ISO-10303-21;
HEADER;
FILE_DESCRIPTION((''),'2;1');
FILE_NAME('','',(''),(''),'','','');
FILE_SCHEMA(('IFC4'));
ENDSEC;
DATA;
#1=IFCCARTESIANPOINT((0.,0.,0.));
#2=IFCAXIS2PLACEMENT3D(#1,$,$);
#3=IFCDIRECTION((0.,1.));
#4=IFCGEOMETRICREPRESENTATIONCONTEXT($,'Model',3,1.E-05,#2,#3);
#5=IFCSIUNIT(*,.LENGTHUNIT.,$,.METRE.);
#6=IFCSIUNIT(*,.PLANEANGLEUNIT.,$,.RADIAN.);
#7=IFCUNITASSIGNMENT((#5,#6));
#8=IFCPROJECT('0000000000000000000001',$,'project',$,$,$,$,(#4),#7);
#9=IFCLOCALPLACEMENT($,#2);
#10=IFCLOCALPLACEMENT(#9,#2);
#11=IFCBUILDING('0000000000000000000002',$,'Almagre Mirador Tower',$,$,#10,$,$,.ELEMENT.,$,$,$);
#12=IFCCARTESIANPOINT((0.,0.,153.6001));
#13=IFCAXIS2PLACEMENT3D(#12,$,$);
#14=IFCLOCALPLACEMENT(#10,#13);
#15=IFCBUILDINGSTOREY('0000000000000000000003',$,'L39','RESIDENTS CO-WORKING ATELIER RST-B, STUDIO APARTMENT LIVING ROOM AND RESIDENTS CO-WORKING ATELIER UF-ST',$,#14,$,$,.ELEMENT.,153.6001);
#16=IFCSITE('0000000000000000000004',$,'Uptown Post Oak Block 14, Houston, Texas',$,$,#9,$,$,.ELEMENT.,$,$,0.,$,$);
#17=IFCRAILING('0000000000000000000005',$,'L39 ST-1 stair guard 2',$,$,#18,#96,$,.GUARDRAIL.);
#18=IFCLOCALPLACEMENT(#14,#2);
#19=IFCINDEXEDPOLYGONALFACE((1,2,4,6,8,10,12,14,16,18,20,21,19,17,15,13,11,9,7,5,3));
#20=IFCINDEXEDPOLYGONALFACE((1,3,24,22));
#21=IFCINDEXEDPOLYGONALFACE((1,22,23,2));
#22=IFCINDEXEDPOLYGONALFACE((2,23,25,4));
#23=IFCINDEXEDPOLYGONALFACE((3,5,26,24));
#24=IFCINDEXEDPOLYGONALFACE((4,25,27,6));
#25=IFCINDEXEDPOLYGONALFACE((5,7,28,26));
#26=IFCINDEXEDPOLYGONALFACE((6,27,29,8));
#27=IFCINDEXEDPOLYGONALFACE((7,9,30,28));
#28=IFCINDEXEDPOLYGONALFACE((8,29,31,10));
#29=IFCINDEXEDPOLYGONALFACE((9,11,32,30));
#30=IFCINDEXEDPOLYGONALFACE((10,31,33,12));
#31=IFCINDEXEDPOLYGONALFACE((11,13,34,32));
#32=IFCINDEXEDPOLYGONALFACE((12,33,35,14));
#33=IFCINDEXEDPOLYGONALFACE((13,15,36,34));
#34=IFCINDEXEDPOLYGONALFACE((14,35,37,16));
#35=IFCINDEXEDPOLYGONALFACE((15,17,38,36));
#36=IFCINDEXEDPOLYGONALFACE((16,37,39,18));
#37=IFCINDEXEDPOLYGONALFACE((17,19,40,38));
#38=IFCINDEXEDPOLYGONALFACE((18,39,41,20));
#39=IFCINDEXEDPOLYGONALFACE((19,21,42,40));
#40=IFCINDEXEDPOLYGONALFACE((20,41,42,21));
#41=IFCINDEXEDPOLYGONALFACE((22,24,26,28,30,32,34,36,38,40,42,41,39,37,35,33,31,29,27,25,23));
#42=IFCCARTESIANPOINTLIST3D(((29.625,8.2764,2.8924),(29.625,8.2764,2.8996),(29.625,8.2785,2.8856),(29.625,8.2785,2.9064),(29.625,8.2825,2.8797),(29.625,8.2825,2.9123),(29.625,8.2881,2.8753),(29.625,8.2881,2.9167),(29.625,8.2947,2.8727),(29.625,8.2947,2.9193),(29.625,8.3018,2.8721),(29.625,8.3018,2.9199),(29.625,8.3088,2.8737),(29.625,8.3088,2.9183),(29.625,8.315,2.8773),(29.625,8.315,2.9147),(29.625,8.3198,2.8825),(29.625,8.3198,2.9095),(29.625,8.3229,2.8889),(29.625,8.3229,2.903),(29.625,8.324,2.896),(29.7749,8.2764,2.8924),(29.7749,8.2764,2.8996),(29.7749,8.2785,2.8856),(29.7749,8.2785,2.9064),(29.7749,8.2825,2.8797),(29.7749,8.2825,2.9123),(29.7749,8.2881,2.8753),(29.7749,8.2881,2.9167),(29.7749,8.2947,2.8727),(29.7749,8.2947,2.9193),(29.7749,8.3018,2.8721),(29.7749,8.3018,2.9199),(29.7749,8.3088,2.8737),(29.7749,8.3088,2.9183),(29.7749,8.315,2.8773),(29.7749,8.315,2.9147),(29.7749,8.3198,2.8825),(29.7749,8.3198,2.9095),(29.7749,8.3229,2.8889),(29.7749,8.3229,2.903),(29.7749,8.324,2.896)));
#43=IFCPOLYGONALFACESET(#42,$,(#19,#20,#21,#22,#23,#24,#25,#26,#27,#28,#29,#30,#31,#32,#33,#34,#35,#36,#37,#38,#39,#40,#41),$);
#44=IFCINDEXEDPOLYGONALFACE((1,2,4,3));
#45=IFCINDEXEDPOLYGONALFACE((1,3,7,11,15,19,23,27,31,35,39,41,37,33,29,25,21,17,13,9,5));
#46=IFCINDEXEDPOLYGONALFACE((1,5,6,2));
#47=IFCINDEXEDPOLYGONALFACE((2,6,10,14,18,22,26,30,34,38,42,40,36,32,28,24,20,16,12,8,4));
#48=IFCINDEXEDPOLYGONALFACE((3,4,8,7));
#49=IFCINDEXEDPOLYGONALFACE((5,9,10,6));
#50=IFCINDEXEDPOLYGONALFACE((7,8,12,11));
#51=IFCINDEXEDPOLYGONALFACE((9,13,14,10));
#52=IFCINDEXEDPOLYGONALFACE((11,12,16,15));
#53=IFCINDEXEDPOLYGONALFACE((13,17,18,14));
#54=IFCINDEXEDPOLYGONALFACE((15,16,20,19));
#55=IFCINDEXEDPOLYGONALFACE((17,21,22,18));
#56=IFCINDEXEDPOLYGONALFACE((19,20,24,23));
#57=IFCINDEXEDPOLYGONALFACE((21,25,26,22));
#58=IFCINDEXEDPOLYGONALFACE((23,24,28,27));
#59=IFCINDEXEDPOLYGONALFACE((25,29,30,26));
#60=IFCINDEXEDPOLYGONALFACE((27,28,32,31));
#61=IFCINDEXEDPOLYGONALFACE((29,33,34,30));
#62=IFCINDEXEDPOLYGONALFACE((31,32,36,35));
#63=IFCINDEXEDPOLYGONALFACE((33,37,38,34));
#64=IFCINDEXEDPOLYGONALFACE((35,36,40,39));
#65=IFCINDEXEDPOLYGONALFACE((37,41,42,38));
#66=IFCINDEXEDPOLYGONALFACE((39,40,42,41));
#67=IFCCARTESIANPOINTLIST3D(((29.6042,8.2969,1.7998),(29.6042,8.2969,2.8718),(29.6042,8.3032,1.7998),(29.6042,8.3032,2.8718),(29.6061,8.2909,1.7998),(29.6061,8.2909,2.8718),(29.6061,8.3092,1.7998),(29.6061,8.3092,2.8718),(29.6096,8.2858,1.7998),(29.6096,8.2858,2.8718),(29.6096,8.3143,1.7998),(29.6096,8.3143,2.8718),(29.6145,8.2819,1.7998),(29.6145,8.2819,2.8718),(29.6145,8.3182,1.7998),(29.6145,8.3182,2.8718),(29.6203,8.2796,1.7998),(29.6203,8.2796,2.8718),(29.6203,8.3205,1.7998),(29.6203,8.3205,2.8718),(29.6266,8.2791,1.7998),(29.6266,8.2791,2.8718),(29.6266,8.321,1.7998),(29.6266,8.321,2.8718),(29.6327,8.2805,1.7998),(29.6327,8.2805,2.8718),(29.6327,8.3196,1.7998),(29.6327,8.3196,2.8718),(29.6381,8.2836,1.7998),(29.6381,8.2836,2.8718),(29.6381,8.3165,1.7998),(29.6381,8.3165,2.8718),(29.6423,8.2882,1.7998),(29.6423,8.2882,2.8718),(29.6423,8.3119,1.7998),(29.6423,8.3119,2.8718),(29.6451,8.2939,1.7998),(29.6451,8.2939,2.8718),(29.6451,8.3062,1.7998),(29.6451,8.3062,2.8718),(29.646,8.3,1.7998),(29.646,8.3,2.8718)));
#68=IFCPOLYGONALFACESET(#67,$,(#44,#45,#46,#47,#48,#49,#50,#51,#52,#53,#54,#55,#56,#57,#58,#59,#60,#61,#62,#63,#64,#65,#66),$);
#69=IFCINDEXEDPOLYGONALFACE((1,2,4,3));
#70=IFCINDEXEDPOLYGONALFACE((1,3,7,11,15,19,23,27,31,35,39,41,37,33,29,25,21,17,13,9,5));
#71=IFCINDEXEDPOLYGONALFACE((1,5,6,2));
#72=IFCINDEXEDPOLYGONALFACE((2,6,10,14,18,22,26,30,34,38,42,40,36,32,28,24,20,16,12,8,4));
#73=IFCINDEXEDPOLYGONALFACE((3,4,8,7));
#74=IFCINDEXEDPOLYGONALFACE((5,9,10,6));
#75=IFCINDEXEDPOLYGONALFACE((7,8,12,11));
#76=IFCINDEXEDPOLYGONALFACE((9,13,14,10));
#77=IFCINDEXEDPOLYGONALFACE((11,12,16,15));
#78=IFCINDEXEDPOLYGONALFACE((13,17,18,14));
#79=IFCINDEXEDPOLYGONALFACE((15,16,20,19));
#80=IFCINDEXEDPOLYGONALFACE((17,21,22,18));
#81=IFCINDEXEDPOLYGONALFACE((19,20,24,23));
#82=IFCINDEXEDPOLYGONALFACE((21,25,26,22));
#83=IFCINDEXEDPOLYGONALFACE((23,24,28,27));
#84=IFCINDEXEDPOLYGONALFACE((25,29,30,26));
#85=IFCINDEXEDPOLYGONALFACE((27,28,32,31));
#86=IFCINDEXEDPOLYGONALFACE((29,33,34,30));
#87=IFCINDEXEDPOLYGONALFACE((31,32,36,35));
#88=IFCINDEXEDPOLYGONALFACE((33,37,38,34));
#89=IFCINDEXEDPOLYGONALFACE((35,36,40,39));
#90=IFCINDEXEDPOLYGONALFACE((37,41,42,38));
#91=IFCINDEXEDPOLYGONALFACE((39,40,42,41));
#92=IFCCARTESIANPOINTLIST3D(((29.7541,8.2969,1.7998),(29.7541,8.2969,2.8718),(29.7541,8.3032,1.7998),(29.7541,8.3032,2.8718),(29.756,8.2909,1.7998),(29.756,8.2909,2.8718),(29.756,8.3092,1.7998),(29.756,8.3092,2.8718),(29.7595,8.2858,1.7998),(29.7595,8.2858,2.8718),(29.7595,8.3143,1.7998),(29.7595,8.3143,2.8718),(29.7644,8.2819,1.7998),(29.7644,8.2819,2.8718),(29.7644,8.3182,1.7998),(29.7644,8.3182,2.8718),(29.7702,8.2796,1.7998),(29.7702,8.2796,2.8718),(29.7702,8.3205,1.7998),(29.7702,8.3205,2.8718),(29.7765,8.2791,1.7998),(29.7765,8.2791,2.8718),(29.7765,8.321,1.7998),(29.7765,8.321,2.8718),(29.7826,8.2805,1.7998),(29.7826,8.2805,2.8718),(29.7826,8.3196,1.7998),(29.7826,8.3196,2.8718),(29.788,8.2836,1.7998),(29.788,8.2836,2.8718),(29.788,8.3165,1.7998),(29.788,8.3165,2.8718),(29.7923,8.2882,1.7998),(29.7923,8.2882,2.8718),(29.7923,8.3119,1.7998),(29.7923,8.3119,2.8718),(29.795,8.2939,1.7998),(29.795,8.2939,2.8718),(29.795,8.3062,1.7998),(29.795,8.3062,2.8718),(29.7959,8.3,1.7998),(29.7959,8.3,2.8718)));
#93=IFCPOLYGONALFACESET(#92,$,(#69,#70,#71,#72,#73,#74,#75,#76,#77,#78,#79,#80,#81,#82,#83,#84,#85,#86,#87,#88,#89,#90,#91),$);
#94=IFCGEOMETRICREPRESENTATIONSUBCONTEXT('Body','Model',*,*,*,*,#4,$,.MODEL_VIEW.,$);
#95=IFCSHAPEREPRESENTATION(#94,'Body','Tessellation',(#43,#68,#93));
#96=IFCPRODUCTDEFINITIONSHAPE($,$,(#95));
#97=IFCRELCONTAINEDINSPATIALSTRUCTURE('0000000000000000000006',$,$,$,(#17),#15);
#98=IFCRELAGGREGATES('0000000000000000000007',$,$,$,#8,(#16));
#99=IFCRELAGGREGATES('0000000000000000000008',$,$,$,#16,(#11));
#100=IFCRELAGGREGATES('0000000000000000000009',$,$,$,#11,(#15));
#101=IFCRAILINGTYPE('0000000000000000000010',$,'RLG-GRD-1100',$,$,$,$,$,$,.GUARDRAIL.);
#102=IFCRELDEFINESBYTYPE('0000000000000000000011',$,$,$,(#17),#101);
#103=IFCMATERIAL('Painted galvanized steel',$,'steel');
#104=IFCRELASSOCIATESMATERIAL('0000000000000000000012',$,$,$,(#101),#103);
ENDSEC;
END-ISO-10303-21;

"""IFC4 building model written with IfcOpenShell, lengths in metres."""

from ifc_helpers import new_model, si_unit, direction, frame, origin, origin_2d, place, context, subcontext, project, spatial, circle, extrude, material, type_object, element, save


model = new_model("IFC4")

# Units and contexts
model_context = context("Model", 3, precision=1e-05, world=origin(), true_north=direction((0.0, 1.0)))
body_context = subcontext(model_context, "Body", "Model", "MODEL_VIEW")
ifc_project = project(units=[si_unit("LENGTHUNIT", "METRE"), si_unit("PLANEANGLEUNIT", "RADIAN")], contexts=[model_context])

# Site, building, storey
site_placement = place(None, origin())
site = spatial("IfcSite", under=ifc_project, at=site_placement, Name="Uptown Post Oak Block 14, Houston, Texas", CompositionType="ELEMENT", RefElevation=0.0)
building_placement = place(site_placement, origin())
building = spatial("IfcBuilding", under=site, at=building_placement, Name="Almagre Mirador Tower", CompositionType="ELEMENT")
storey_placement = place(building_placement, frame((0.0, 0.0, 153.6001)))
storey = spatial("IfcBuildingStorey", under=building, at=storey_placement, Name="L39", Description="RESIDENTS CO-WORKING ATELIER RST-B, STUDIO APARTMENT LIVING ROOM AND RESIDENTS CO-WORKING ATELIER UF-ST", CompositionType="ELEMENT", Elevation=153.6001)

# Railing
ifc_material_1 = material(Name="Painted galvanized steel", Category="steel")
railing_type_1 = type_object("IfcRailingType", Name="RLG-GRD-1100", PredefinedType="GUARDRAIL", material=ifc_material_1)
railing_1_placement = place(storey_placement, frame((29.625, 8.3, 1.7998)))
element("IfcRailing", 1, at=railing_1_placement, inside=storey, type_object=railing_type_1, Name="L39 ST-1 stair guard 2", PredefinedType="GUARDRAIL", context=body_context, shape_type="SweptSolid", body=[
    extrude(circle(Radius=0.0239, at=origin_2d()), frame((0.0, 0.0, 1.0962), z_axis=(1.0, 0.0, 0.0), x_axis=(0.0, 1.0, 0.0)), (0.0, 0.0, 1.0), 0.1499),
    extrude(circle(Radius=0.021, at=origin_2d()), origin(), (0.0, 0.0, 1.0), 1.072),
    extrude(circle(Radius=0.021, at=origin_2d()), frame((0.1499, 0.0, 0.0)), (0.0, 0.0, 1.0), 1.072),
])

save(model, "model.ifc")
